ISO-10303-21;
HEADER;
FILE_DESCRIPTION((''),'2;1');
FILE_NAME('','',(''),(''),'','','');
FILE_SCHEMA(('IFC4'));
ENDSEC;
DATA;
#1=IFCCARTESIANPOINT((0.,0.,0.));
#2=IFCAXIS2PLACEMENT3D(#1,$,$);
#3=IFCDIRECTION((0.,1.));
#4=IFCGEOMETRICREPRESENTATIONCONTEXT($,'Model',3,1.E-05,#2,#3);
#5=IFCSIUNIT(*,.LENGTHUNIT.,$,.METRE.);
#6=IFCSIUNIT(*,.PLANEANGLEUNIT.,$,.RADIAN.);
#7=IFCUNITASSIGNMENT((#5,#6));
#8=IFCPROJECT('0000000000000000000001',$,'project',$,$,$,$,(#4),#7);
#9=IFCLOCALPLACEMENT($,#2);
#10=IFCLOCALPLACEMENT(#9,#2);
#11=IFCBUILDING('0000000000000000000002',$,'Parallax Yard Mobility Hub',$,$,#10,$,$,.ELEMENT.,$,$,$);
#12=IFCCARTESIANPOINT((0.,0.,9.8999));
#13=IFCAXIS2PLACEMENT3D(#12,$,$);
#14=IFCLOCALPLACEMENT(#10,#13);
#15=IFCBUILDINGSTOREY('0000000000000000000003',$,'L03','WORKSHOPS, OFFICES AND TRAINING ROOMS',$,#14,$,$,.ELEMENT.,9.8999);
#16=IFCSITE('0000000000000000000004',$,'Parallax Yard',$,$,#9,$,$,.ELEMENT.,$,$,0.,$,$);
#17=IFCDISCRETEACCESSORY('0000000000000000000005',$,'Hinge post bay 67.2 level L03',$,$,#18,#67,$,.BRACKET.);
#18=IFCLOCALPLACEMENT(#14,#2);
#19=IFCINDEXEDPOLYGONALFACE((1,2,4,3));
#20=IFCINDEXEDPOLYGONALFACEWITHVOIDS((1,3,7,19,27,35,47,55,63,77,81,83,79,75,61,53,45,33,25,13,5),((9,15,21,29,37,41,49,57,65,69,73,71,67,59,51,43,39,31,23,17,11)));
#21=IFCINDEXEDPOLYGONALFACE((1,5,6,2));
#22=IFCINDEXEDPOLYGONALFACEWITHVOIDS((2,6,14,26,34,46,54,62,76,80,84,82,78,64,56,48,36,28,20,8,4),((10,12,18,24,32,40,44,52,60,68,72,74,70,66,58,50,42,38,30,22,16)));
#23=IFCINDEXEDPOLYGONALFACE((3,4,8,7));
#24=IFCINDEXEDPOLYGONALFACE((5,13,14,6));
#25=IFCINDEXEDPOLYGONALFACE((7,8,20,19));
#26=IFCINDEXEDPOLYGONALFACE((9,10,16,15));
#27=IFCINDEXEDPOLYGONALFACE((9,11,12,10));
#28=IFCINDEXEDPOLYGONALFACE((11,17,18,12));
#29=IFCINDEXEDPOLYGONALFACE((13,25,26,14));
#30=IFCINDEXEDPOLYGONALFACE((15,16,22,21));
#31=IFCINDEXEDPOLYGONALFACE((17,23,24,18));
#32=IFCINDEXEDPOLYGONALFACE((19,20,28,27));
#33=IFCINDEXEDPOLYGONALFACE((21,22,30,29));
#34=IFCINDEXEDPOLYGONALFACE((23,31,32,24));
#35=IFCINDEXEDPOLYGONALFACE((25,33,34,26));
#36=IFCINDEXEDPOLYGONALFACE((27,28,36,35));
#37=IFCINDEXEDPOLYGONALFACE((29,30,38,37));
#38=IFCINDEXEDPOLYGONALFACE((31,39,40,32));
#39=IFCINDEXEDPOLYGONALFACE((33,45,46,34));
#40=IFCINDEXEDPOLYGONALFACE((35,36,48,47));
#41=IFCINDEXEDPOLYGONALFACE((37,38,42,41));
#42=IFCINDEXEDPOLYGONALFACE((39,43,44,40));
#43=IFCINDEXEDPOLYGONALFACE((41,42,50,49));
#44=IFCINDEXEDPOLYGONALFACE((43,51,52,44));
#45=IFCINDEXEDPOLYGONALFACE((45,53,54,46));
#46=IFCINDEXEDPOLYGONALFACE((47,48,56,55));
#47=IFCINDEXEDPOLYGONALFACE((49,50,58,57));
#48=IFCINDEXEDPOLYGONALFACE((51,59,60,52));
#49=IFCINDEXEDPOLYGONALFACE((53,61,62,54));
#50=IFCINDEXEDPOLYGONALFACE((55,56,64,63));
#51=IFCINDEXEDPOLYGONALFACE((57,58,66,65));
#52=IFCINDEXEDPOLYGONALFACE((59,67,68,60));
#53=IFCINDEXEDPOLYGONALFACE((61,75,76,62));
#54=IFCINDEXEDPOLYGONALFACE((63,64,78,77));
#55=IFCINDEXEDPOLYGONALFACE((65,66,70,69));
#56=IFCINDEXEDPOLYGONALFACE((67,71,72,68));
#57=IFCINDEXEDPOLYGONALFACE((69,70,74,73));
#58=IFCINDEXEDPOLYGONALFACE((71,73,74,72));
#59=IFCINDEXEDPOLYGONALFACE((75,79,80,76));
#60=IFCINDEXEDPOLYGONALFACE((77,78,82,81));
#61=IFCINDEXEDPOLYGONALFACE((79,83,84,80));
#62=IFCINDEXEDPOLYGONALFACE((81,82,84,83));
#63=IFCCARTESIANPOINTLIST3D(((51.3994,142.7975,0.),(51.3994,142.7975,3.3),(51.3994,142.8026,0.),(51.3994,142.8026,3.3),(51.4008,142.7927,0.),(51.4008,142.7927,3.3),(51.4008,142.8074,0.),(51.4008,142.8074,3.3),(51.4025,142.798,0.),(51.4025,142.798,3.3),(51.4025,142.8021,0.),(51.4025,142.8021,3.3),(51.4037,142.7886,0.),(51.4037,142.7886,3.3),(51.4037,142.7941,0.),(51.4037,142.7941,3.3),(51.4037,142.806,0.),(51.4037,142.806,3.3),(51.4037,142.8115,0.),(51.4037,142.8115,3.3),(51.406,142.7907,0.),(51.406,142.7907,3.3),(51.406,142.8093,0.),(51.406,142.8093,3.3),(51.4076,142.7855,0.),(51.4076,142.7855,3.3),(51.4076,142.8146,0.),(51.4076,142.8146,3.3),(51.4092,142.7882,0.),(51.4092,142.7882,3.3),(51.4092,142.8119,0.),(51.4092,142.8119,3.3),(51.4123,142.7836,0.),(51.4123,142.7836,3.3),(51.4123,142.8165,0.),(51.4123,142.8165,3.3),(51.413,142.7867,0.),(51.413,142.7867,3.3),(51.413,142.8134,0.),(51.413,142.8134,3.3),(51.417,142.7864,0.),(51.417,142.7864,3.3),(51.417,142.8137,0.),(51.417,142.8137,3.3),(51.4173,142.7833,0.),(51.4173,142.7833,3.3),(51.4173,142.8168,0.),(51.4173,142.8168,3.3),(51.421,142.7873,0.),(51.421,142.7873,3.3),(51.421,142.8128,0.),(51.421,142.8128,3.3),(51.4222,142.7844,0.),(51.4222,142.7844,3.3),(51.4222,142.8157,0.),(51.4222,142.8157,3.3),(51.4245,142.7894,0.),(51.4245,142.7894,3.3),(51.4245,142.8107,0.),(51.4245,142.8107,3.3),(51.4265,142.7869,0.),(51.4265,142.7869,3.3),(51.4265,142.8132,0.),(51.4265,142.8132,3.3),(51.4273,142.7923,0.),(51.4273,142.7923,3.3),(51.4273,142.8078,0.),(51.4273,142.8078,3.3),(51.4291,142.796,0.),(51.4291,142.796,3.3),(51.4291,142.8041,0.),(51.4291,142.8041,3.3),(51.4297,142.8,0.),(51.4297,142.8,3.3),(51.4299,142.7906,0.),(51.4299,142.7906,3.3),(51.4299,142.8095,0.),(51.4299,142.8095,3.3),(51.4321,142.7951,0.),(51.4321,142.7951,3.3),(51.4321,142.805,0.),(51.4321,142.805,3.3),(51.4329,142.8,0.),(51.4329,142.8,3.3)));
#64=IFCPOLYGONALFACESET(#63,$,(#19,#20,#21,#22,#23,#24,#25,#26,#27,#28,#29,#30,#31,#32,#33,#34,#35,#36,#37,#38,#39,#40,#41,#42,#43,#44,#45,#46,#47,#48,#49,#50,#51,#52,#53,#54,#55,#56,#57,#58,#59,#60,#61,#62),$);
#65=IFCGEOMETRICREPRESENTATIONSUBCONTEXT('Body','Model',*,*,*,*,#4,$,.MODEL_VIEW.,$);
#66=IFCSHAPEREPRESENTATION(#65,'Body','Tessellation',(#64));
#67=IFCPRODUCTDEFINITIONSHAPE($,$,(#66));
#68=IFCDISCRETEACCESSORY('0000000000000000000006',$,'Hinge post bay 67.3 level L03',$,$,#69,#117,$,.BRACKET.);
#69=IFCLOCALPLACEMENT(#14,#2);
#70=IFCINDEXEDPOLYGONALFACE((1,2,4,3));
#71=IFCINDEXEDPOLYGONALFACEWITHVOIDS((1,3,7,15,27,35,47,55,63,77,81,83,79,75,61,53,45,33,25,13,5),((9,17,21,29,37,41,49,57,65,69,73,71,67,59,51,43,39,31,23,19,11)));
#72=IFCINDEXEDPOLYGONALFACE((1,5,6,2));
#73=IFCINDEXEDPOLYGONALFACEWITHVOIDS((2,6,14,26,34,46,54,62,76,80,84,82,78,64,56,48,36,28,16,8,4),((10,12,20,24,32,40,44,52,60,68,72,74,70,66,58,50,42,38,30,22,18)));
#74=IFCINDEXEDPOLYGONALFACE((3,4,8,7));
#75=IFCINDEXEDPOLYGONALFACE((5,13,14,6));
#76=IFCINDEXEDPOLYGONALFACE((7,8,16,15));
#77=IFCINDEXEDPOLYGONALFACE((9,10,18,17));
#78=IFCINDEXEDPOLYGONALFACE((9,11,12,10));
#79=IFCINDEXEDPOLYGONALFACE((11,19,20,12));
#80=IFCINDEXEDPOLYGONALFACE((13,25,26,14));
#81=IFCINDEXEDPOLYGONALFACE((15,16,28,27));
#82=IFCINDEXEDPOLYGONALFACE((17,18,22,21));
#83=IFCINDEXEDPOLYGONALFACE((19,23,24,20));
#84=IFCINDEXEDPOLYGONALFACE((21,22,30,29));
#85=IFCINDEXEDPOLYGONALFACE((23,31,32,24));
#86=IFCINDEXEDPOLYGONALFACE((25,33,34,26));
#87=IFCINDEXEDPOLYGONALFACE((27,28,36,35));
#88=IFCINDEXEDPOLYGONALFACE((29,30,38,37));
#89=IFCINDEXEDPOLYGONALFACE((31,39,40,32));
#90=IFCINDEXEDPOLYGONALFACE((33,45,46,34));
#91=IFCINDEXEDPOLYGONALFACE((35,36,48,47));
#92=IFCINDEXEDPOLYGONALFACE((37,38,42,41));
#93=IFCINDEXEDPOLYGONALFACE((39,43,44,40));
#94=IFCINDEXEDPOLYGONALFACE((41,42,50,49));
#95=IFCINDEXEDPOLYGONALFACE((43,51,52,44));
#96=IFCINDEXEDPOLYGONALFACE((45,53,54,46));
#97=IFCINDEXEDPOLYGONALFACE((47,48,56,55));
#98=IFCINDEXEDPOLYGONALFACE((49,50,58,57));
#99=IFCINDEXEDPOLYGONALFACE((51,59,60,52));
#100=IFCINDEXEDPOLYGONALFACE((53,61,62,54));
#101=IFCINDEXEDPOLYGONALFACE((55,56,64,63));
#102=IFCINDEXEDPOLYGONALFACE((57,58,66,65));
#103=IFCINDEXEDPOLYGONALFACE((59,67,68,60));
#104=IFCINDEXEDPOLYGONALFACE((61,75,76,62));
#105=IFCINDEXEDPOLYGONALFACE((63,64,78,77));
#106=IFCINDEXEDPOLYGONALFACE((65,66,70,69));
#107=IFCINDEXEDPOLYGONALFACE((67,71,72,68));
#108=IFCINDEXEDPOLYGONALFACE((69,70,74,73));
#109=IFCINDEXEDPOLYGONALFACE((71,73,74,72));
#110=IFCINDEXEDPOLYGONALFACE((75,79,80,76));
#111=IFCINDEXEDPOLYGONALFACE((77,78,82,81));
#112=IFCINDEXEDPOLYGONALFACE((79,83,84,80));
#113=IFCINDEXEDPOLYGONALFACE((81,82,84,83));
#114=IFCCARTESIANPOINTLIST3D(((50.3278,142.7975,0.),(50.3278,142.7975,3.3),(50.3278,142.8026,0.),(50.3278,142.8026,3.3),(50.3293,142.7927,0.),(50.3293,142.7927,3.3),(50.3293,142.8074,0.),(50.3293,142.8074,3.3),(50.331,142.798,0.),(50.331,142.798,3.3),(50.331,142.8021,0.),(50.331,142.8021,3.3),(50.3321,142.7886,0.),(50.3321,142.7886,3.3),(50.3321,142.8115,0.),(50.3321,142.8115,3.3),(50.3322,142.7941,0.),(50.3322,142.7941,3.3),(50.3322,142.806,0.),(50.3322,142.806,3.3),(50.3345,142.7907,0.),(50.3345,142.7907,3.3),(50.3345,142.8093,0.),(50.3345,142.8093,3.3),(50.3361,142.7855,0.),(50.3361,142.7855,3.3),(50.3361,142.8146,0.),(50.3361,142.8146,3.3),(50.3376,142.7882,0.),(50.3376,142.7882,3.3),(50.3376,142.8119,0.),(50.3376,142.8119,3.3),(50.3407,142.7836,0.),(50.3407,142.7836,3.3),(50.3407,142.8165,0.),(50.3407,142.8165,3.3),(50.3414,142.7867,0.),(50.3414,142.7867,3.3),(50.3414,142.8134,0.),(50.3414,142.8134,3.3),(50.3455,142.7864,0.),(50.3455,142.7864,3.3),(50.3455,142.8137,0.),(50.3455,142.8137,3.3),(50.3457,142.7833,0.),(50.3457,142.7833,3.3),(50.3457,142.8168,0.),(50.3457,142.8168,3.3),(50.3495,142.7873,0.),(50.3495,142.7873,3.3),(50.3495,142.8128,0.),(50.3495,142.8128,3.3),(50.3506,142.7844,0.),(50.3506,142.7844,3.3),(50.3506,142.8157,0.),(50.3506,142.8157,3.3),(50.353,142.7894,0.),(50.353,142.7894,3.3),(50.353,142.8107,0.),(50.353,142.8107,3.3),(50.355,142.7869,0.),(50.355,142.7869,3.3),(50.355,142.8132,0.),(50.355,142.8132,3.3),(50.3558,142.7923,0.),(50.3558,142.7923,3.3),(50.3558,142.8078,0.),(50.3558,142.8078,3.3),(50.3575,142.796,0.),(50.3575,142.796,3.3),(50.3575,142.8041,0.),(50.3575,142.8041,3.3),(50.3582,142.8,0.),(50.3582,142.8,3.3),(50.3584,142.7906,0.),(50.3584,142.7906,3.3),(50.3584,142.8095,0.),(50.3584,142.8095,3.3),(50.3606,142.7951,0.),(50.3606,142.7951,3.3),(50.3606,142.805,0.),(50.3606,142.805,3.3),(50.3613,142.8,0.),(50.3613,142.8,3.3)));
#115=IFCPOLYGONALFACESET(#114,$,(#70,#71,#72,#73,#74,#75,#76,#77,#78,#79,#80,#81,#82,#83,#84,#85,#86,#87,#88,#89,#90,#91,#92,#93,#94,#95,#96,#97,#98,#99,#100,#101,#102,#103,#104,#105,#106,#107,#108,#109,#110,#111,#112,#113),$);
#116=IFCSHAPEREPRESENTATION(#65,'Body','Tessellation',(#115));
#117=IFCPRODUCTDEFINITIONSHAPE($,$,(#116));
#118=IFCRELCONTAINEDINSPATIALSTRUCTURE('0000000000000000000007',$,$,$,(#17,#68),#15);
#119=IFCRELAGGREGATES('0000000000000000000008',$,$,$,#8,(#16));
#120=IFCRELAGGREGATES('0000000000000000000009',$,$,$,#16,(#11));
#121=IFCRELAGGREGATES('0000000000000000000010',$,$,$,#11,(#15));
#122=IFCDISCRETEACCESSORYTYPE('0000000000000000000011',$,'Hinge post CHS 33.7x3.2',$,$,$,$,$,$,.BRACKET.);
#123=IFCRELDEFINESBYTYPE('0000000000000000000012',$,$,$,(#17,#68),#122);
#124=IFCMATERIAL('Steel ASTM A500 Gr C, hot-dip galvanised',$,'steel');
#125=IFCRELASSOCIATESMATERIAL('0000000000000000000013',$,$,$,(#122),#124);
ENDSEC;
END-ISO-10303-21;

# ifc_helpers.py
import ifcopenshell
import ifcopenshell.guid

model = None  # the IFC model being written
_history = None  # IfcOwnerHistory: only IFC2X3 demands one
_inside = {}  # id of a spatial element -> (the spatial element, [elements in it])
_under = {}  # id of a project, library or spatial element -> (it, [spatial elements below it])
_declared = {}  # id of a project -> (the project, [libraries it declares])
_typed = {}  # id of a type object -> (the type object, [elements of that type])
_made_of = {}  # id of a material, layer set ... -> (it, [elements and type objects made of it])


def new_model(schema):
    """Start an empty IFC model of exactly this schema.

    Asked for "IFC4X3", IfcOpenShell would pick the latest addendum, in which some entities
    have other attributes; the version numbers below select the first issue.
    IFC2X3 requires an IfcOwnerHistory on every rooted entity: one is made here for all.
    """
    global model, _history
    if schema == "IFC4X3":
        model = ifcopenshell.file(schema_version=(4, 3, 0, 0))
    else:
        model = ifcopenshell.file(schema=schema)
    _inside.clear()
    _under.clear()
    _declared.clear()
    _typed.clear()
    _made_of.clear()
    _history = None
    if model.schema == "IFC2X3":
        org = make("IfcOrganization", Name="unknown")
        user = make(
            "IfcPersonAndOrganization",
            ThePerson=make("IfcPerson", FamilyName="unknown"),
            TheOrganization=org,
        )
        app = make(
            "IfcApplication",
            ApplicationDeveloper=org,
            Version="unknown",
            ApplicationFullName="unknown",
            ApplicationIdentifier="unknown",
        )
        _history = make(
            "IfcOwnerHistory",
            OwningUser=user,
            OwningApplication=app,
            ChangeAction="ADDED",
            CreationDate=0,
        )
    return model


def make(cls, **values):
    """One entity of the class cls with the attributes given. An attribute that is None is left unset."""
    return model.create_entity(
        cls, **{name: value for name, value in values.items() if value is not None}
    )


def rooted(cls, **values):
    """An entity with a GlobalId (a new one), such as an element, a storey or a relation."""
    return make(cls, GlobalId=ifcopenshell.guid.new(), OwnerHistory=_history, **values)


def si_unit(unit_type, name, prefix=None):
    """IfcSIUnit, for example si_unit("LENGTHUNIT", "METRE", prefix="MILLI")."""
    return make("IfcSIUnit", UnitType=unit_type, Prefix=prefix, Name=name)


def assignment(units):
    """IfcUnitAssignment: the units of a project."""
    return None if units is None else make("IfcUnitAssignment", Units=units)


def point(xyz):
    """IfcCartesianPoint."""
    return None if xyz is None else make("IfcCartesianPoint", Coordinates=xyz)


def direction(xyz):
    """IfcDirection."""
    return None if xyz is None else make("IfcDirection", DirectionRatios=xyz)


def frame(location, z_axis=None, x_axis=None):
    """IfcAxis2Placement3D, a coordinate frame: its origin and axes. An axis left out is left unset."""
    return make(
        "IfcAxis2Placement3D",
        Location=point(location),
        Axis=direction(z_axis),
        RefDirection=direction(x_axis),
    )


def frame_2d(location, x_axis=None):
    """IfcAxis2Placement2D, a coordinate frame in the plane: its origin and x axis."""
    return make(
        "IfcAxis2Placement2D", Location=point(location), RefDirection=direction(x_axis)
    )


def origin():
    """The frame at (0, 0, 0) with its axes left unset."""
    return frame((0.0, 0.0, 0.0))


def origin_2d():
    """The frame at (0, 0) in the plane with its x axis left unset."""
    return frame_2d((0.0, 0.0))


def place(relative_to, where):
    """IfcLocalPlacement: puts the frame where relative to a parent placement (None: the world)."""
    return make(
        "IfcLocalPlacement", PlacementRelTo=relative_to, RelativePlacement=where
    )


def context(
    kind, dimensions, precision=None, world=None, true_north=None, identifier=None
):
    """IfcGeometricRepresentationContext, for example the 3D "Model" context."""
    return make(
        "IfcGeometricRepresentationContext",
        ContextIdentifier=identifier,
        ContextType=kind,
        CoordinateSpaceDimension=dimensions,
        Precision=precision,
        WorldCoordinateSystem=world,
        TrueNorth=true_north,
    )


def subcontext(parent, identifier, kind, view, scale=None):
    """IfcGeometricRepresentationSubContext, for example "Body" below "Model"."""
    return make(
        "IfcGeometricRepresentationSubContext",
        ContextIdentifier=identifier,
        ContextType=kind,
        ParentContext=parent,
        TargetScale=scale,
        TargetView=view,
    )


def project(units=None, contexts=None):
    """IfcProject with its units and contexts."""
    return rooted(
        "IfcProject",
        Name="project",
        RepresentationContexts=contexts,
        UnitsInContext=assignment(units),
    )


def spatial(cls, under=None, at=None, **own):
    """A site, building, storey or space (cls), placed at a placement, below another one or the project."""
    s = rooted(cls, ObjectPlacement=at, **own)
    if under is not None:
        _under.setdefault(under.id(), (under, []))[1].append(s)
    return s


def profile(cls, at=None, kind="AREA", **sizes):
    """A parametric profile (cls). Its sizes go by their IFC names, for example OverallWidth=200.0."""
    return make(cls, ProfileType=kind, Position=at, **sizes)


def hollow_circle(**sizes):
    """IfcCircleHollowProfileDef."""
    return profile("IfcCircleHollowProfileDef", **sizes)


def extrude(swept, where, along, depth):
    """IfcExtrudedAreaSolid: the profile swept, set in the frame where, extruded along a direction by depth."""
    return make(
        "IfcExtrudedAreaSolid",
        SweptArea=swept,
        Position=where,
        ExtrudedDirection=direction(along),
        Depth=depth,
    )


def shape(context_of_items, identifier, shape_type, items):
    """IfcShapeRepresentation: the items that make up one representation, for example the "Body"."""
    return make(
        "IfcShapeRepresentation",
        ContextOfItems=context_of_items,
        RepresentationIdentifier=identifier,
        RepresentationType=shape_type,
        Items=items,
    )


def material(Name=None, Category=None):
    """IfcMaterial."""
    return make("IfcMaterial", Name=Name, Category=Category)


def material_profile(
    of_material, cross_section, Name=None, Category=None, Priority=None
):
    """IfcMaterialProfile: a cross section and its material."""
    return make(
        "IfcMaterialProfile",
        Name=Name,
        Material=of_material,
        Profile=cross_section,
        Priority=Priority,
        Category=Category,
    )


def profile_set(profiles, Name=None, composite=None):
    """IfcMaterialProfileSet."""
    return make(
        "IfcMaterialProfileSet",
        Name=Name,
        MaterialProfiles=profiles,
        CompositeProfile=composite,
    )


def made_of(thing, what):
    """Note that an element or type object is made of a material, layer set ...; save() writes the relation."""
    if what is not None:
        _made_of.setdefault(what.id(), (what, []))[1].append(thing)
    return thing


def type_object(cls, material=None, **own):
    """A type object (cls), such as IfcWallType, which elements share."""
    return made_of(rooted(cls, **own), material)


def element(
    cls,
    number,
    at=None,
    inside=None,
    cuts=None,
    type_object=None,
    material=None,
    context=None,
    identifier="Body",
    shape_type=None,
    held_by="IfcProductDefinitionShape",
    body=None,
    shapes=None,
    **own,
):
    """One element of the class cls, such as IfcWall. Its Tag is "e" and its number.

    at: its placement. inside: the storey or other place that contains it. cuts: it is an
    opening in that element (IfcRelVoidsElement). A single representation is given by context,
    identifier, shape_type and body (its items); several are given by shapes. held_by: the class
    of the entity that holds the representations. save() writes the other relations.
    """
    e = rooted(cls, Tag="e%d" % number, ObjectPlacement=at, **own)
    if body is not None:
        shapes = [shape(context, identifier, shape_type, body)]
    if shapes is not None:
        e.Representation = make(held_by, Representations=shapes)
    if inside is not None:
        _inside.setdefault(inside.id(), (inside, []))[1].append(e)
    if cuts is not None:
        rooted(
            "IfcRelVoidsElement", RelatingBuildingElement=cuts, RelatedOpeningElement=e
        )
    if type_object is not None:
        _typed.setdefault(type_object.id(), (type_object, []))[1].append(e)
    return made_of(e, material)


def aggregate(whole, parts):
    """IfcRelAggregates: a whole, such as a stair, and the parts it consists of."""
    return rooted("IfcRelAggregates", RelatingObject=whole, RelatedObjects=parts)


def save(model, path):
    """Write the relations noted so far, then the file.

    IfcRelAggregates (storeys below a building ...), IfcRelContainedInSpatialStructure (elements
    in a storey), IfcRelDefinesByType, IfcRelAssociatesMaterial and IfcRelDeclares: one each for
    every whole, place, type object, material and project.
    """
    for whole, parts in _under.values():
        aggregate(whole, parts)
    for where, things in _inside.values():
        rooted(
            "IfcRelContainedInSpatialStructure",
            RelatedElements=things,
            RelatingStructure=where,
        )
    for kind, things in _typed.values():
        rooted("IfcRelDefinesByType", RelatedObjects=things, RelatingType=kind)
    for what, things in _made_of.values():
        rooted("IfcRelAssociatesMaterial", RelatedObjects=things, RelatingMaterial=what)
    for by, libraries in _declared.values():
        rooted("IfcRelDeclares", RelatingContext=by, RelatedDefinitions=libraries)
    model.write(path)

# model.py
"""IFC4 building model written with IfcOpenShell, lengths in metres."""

from ifc_helpers import new_model, si_unit, direction, frame, origin, origin_2d, place, context, subcontext, project, spatial, hollow_circle, extrude, material, material_profile, profile_set, type_object, element, save


model = new_model("IFC4")

# Units and contexts
model_context = context("Model", 3, precision=1e-05, world=origin(), true_north=direction((0.0, 1.0)))
body_context = subcontext(model_context, "Body", "Model", "MODEL_VIEW")
ifc_project = project(units=[si_unit("LENGTHUNIT", "METRE"), si_unit("PLANEANGLEUNIT", "RADIAN")], contexts=[model_context])

# Site, building, storey
site_placement = place(None, origin())
site = spatial("IfcSite", under=ifc_project, at=site_placement, Name="Parallax Yard", CompositionType="ELEMENT", RefElevation=0.0)
building_placement = place(site_placement, origin())
building = spatial("IfcBuilding", under=site, at=building_placement, Name="Parallax Yard Mobility Hub", CompositionType="ELEMENT")
storey_placement = place(building_placement, frame((0.0, 0.0, 9.8999)))
storey = spatial("IfcBuildingStorey", under=building, at=storey_placement, Name="L03", Description="WORKSHOPS, OFFICES AND TRAINING ROOMS", CompositionType="ELEMENT", Elevation=9.8999)

# Discrete accessories
ifc_material_1 = material(Name="Steel ASTM A500 Gr C, hot-dip galvanised", Category="steel")
ifc_material_profile = material_profile(ifc_material_1, hollow_circle(Radius=0.0168, WallThickness=0.0032, at=origin_2d()), Name="CHS 33.7x3.2")
ifc_profile_set = profile_set([ifc_material_profile], Name="Steel ASTM A500 Gr C, hot-dip galvanised")
discrete_accessory_type_1 = type_object("IfcDiscreteAccessoryType", Name="Hinge post CHS 33.7x3.2", PredefinedType="BRACKET", material=ifc_profile_set)
for number, where, z_axis, x_axis, name in (
    (1, (51.416, 142.8, 0.0), (0.0, 0.0, 1.0), (1.0, 0.0, 0.0), "Hinge post bay 67.2 level L03"),
    (2, (50.3445, 142.8, 0.0), (0.0, 0.0, 1.0), (1.0, 0.0, 0.0), "Hinge post bay 67.3 level L03"),
):
    element("IfcDiscreteAccessory", number, at=place(storey_placement, frame(where, z_axis=z_axis, x_axis=x_axis)), inside=storey, type_object=discrete_accessory_type_1, Name=name, PredefinedType="BRACKET", context=body_context, shape_type="SweptSolid", body=[
        extrude(hollow_circle(Radius=0.0168, WallThickness=0.0032, at=origin_2d()), origin(), (0.0, 0.0, 1.0), 3.3),
    ])

save(model, "model.ifc")
